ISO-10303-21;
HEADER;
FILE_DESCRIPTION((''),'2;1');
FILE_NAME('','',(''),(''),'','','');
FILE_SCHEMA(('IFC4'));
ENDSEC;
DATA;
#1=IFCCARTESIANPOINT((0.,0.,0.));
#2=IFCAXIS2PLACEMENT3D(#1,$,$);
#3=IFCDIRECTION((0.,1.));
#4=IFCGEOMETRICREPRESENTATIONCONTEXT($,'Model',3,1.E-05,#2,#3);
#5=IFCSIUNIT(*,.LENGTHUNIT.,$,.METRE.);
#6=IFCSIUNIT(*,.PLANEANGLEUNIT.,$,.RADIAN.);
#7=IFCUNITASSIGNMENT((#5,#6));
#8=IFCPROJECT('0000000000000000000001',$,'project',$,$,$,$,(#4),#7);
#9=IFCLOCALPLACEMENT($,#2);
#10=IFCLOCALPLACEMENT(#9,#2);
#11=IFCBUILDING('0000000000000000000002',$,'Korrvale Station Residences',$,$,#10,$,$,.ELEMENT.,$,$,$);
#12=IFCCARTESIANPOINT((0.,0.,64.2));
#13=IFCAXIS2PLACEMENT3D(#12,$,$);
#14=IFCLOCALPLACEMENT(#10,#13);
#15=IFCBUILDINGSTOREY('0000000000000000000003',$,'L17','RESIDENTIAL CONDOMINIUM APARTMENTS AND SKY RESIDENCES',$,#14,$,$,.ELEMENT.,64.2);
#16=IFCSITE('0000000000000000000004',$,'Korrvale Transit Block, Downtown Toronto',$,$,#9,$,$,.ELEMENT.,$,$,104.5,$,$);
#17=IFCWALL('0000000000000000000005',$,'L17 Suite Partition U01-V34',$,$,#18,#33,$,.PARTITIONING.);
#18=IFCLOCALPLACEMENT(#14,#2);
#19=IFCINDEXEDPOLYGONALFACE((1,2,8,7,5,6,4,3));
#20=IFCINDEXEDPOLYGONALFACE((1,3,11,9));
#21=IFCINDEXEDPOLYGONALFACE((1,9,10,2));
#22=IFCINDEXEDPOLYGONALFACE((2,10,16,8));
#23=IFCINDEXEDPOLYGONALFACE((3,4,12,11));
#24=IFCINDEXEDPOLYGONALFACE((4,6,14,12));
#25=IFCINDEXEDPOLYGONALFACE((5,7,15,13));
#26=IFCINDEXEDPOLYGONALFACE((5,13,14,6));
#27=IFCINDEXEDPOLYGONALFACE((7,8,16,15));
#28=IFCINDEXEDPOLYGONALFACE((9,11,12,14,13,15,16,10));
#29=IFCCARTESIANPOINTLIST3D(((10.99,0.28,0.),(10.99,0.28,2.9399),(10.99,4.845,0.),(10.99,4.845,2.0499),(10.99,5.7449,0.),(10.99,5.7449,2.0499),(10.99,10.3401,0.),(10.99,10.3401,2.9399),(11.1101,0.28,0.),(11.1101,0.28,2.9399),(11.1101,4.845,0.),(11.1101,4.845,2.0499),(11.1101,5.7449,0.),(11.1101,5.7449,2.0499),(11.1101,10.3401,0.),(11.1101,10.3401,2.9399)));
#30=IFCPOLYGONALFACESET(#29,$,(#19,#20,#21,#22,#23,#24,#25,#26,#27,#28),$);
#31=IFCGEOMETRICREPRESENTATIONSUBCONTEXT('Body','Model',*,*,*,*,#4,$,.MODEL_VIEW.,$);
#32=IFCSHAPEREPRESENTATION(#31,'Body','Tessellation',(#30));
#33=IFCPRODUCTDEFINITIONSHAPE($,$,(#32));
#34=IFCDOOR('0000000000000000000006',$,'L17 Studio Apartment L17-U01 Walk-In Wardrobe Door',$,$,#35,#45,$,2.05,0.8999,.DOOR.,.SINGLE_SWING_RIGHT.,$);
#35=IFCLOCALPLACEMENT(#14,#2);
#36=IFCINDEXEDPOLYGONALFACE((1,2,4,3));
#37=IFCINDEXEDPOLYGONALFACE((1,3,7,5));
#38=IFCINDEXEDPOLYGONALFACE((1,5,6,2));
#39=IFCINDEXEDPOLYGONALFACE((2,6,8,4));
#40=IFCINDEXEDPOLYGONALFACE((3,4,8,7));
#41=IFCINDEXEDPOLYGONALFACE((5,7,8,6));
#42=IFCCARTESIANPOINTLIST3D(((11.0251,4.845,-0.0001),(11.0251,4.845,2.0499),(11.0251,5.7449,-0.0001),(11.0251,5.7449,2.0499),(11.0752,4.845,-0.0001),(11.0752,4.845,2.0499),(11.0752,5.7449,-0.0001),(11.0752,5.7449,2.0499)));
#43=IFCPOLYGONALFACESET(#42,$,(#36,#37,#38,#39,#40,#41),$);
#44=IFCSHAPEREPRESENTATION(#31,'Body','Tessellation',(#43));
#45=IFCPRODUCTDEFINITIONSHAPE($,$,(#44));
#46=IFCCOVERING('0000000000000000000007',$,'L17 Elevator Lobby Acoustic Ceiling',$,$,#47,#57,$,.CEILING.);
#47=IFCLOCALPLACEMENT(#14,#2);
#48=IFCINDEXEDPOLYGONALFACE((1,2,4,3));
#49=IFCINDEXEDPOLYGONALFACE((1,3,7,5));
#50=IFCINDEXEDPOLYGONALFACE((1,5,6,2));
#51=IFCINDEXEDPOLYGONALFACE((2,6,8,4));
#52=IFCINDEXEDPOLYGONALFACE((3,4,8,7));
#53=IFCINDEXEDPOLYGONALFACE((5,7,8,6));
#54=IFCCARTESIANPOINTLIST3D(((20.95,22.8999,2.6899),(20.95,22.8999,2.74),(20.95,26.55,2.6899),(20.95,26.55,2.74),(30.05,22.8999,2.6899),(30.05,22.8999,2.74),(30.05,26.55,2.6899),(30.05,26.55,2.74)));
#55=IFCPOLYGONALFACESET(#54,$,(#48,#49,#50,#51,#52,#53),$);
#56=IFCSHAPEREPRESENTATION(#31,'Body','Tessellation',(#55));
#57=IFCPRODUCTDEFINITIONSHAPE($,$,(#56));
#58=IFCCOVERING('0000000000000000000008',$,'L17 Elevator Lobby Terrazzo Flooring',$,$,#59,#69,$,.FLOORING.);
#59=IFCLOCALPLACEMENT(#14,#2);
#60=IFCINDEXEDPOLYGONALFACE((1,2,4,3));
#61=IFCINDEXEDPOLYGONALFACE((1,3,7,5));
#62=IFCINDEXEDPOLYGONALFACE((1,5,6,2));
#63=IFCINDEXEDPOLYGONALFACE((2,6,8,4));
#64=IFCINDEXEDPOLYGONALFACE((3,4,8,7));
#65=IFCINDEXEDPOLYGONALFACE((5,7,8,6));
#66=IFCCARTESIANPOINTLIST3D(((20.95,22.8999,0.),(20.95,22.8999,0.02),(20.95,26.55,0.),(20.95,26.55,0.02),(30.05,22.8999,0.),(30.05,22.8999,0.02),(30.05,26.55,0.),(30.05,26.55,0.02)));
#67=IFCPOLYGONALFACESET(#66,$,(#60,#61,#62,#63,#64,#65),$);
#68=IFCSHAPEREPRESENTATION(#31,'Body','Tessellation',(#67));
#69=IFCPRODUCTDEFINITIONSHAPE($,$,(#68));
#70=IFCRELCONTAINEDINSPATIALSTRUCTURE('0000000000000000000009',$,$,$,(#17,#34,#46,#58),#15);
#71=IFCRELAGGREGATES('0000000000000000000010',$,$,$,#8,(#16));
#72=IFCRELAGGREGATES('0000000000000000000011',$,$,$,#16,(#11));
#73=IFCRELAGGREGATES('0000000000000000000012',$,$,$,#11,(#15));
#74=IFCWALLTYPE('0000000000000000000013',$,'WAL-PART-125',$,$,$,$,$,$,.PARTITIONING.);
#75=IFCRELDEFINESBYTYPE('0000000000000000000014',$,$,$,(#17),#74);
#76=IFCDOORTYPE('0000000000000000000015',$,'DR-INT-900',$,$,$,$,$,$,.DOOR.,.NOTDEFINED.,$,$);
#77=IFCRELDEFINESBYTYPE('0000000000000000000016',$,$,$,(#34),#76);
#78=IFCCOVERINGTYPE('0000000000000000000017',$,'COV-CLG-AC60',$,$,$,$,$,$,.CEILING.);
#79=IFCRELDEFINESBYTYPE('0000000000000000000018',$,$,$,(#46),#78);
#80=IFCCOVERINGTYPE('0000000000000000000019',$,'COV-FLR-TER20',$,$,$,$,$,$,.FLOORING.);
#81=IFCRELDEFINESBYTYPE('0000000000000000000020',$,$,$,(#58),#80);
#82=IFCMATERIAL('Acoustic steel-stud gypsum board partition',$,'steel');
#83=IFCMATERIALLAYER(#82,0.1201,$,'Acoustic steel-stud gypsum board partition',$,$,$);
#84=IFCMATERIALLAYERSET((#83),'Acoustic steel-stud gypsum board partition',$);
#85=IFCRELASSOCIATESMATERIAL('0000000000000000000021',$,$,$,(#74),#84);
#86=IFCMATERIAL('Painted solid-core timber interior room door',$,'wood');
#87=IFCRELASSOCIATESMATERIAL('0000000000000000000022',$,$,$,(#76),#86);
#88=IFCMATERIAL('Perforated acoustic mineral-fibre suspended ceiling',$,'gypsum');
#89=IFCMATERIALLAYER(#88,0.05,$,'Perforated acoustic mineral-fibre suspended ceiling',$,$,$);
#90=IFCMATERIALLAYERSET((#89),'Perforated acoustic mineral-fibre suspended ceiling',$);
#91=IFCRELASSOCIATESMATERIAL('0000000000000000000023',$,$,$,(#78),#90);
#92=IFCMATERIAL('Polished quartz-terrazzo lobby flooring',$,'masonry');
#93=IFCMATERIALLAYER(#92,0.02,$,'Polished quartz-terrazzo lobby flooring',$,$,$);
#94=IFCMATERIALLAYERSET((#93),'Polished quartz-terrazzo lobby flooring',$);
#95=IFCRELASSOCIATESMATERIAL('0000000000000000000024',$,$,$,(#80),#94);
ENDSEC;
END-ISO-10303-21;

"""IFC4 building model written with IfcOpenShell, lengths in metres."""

from ifc_helpers import new_model, si_unit, direction, frame, frame_2d, origin, place, context, subcontext, project, spatial, polyline, rectangle, outline, extrude, material, layer, layer_set, type_object, element, fill, save


model = new_model("IFC4")

# Units and contexts
model_context = context("Model", 3, precision=1e-05, world=origin(), true_north=direction((0.0, 1.0)))
body_context = subcontext(model_context, "Body", "Model", "MODEL_VIEW")
ifc_project = project(units=[si_unit("LENGTHUNIT", "METRE"), si_unit("PLANEANGLEUNIT", "RADIAN")], contexts=[model_context])

# Site, building, storey
site_placement = place(None, origin())
site = spatial("IfcSite", under=ifc_project, at=site_placement, Name="Korrvale Transit Block, Downtown Toronto", CompositionType="ELEMENT", RefElevation=104.5)
building_placement = place(site_placement, origin())
building = spatial("IfcBuilding", under=site, at=building_placement, Name="Korrvale Station Residences", CompositionType="ELEMENT")
storey_placement = place(building_placement, frame((0.0, 0.0, 64.2)))
storey = spatial("IfcBuildingStorey", under=building, at=storey_placement, Name="L17", Description="RESIDENTIAL CONDOMINIUM APARTMENTS AND SKY RESIDENCES", CompositionType="ELEMENT", Elevation=64.2)

# Wall, opening, door
ifc_material_1 = material(Name="Acoustic steel-stud gypsum board partition", Category="steel")
ifc_layer_1 = layer(ifc_material_1, 0.1201, Name="Acoustic steel-stud gypsum board partition")
ifc_layer_set_1 = layer_set([ifc_layer_1], Name="Acoustic steel-stud gypsum board partition")
wall_type_1 = type_object("IfcWallType", Name="WAL-PART-125", PredefinedType="PARTITIONING", material=ifc_layer_set_1)
wall_1_placement = place(storey_placement, frame((11.05, 0.28, 0.0), z_axis=(0.0, 0.0, 1.0), x_axis=(0.0, 1.0, 0.0)))
wall_1 = element("IfcWall", 1, at=wall_1_placement, inside=storey, type_object=wall_type_1, Name="L17 Suite Partition U01-V34", PredefinedType="PARTITIONING", context=body_context, shape_type="SweptSolid", body=[
    extrude(rectangle(XDim=10.0601, YDim=0.1201, at=frame_2d((5.03, 0.0))), origin(), (0.0, 0.0, 1.0), 2.9399),
])
opening_1_placement = place(wall_1_placement, frame((4.5649, 0.0, 0.0)))
opening_1 = element("IfcOpeningElement", 2, at=opening_1_placement, cuts=wall_1, PredefinedType="OPENING", context=body_context, shape_type="SweptSolid", body=[
    extrude(rectangle(XDim=0.8999, YDim=2.05, at=frame_2d((0.45, 1.0249))), frame((0.0, 0.0701, 0.0), z_axis=(0.0, -1.0, 0.0), x_axis=(1.0, 0.0, 0.0)), (0.0, 0.0, 1.0), 0.1401),
])
ifc_material_2 = material(Name="Painted solid-core timber interior room door", Category="wood")
door_type = type_object("IfcDoorType", Name="DR-INT-900", OperationType="NOTDEFINED", PredefinedType="DOOR", material=ifc_material_2)
door_placement = place(opening_1_placement, origin())
door = element("IfcDoor", 3, at=door_placement, inside=storey, type_object=door_type, Name="L17 Studio Apartment L17-U01 Walk-In Wardrobe Door", OperationType="SINGLE_SWING_RIGHT", OverallHeight=2.05, OverallWidth=0.8999, PredefinedType="DOOR", context=body_context, shape_type="SweptSolid", body=[
    extrude(rectangle(XDim=0.8999, YDim=2.05, at=frame_2d((0.45, 1.0249))), frame((0.0, 0.0249, 0.0), z_axis=(0.0, -1.0, 0.0), x_axis=(1.0, 0.0, 0.0)), (0.0, 0.0, 1.0), 0.05),
])
fill(opening_1, door)

# Coverings
ifc_material_3 = material(Name="Perforated acoustic mineral-fibre suspended ceiling", Category="gypsum")
ifc_layer_2 = layer(ifc_material_3, 0.05, Name="Perforated acoustic mineral-fibre suspended ceiling")
ifc_layer_set_2 = layer_set([ifc_layer_2], Name="Perforated acoustic mineral-fibre suspended ceiling")
covering_type_1 = type_object("IfcCoveringType", Name="COV-CLG-AC60", PredefinedType="CEILING", material=ifc_layer_set_2)
covering_1_placement = place(storey_placement, frame((0.0, 0.0, 2.6899)))
element("IfcCovering", 4, at=covering_1_placement, inside=storey, type_object=covering_type_1, Name="L17 Elevator Lobby Acoustic Ceiling", PredefinedType="CEILING", context=body_context, shape_type="SweptSolid", body=[
    extrude(outline(polyline([(20.95, 22.8999), (30.05, 22.8999), (30.05, 26.55), (20.95, 26.55), (20.95, 22.8999)])), origin(), (0.0, 0.0, 1.0), 0.05),
])
ifc_material_4 = material(Name="Polished quartz-terrazzo lobby flooring", Category="masonry")
ifc_layer_3 = layer(ifc_material_4, 0.02, Name="Polished quartz-terrazzo lobby flooring")
ifc_layer_set_3 = layer_set([ifc_layer_3], Name="Polished quartz-terrazzo lobby flooring")
covering_type_2 = type_object("IfcCoveringType", Name="COV-FLR-TER20", PredefinedType="FLOORING", material=ifc_layer_set_3)
covering_2_placement = place(storey_placement, origin())
element("IfcCovering", 5, at=covering_2_placement, inside=storey, type_object=covering_type_2, Name="L17 Elevator Lobby Terrazzo Flooring", PredefinedType="FLOORING", context=body_context, shape_type="SweptSolid", body=[
    extrude(outline(polyline([(20.95, 22.8999), (30.05, 22.8999), (30.05, 26.55), (20.95, 26.55), (20.95, 22.8999)])), origin(), (0.0, 0.0, 1.0), 0.02),
])

save(model, "model.ifc")
